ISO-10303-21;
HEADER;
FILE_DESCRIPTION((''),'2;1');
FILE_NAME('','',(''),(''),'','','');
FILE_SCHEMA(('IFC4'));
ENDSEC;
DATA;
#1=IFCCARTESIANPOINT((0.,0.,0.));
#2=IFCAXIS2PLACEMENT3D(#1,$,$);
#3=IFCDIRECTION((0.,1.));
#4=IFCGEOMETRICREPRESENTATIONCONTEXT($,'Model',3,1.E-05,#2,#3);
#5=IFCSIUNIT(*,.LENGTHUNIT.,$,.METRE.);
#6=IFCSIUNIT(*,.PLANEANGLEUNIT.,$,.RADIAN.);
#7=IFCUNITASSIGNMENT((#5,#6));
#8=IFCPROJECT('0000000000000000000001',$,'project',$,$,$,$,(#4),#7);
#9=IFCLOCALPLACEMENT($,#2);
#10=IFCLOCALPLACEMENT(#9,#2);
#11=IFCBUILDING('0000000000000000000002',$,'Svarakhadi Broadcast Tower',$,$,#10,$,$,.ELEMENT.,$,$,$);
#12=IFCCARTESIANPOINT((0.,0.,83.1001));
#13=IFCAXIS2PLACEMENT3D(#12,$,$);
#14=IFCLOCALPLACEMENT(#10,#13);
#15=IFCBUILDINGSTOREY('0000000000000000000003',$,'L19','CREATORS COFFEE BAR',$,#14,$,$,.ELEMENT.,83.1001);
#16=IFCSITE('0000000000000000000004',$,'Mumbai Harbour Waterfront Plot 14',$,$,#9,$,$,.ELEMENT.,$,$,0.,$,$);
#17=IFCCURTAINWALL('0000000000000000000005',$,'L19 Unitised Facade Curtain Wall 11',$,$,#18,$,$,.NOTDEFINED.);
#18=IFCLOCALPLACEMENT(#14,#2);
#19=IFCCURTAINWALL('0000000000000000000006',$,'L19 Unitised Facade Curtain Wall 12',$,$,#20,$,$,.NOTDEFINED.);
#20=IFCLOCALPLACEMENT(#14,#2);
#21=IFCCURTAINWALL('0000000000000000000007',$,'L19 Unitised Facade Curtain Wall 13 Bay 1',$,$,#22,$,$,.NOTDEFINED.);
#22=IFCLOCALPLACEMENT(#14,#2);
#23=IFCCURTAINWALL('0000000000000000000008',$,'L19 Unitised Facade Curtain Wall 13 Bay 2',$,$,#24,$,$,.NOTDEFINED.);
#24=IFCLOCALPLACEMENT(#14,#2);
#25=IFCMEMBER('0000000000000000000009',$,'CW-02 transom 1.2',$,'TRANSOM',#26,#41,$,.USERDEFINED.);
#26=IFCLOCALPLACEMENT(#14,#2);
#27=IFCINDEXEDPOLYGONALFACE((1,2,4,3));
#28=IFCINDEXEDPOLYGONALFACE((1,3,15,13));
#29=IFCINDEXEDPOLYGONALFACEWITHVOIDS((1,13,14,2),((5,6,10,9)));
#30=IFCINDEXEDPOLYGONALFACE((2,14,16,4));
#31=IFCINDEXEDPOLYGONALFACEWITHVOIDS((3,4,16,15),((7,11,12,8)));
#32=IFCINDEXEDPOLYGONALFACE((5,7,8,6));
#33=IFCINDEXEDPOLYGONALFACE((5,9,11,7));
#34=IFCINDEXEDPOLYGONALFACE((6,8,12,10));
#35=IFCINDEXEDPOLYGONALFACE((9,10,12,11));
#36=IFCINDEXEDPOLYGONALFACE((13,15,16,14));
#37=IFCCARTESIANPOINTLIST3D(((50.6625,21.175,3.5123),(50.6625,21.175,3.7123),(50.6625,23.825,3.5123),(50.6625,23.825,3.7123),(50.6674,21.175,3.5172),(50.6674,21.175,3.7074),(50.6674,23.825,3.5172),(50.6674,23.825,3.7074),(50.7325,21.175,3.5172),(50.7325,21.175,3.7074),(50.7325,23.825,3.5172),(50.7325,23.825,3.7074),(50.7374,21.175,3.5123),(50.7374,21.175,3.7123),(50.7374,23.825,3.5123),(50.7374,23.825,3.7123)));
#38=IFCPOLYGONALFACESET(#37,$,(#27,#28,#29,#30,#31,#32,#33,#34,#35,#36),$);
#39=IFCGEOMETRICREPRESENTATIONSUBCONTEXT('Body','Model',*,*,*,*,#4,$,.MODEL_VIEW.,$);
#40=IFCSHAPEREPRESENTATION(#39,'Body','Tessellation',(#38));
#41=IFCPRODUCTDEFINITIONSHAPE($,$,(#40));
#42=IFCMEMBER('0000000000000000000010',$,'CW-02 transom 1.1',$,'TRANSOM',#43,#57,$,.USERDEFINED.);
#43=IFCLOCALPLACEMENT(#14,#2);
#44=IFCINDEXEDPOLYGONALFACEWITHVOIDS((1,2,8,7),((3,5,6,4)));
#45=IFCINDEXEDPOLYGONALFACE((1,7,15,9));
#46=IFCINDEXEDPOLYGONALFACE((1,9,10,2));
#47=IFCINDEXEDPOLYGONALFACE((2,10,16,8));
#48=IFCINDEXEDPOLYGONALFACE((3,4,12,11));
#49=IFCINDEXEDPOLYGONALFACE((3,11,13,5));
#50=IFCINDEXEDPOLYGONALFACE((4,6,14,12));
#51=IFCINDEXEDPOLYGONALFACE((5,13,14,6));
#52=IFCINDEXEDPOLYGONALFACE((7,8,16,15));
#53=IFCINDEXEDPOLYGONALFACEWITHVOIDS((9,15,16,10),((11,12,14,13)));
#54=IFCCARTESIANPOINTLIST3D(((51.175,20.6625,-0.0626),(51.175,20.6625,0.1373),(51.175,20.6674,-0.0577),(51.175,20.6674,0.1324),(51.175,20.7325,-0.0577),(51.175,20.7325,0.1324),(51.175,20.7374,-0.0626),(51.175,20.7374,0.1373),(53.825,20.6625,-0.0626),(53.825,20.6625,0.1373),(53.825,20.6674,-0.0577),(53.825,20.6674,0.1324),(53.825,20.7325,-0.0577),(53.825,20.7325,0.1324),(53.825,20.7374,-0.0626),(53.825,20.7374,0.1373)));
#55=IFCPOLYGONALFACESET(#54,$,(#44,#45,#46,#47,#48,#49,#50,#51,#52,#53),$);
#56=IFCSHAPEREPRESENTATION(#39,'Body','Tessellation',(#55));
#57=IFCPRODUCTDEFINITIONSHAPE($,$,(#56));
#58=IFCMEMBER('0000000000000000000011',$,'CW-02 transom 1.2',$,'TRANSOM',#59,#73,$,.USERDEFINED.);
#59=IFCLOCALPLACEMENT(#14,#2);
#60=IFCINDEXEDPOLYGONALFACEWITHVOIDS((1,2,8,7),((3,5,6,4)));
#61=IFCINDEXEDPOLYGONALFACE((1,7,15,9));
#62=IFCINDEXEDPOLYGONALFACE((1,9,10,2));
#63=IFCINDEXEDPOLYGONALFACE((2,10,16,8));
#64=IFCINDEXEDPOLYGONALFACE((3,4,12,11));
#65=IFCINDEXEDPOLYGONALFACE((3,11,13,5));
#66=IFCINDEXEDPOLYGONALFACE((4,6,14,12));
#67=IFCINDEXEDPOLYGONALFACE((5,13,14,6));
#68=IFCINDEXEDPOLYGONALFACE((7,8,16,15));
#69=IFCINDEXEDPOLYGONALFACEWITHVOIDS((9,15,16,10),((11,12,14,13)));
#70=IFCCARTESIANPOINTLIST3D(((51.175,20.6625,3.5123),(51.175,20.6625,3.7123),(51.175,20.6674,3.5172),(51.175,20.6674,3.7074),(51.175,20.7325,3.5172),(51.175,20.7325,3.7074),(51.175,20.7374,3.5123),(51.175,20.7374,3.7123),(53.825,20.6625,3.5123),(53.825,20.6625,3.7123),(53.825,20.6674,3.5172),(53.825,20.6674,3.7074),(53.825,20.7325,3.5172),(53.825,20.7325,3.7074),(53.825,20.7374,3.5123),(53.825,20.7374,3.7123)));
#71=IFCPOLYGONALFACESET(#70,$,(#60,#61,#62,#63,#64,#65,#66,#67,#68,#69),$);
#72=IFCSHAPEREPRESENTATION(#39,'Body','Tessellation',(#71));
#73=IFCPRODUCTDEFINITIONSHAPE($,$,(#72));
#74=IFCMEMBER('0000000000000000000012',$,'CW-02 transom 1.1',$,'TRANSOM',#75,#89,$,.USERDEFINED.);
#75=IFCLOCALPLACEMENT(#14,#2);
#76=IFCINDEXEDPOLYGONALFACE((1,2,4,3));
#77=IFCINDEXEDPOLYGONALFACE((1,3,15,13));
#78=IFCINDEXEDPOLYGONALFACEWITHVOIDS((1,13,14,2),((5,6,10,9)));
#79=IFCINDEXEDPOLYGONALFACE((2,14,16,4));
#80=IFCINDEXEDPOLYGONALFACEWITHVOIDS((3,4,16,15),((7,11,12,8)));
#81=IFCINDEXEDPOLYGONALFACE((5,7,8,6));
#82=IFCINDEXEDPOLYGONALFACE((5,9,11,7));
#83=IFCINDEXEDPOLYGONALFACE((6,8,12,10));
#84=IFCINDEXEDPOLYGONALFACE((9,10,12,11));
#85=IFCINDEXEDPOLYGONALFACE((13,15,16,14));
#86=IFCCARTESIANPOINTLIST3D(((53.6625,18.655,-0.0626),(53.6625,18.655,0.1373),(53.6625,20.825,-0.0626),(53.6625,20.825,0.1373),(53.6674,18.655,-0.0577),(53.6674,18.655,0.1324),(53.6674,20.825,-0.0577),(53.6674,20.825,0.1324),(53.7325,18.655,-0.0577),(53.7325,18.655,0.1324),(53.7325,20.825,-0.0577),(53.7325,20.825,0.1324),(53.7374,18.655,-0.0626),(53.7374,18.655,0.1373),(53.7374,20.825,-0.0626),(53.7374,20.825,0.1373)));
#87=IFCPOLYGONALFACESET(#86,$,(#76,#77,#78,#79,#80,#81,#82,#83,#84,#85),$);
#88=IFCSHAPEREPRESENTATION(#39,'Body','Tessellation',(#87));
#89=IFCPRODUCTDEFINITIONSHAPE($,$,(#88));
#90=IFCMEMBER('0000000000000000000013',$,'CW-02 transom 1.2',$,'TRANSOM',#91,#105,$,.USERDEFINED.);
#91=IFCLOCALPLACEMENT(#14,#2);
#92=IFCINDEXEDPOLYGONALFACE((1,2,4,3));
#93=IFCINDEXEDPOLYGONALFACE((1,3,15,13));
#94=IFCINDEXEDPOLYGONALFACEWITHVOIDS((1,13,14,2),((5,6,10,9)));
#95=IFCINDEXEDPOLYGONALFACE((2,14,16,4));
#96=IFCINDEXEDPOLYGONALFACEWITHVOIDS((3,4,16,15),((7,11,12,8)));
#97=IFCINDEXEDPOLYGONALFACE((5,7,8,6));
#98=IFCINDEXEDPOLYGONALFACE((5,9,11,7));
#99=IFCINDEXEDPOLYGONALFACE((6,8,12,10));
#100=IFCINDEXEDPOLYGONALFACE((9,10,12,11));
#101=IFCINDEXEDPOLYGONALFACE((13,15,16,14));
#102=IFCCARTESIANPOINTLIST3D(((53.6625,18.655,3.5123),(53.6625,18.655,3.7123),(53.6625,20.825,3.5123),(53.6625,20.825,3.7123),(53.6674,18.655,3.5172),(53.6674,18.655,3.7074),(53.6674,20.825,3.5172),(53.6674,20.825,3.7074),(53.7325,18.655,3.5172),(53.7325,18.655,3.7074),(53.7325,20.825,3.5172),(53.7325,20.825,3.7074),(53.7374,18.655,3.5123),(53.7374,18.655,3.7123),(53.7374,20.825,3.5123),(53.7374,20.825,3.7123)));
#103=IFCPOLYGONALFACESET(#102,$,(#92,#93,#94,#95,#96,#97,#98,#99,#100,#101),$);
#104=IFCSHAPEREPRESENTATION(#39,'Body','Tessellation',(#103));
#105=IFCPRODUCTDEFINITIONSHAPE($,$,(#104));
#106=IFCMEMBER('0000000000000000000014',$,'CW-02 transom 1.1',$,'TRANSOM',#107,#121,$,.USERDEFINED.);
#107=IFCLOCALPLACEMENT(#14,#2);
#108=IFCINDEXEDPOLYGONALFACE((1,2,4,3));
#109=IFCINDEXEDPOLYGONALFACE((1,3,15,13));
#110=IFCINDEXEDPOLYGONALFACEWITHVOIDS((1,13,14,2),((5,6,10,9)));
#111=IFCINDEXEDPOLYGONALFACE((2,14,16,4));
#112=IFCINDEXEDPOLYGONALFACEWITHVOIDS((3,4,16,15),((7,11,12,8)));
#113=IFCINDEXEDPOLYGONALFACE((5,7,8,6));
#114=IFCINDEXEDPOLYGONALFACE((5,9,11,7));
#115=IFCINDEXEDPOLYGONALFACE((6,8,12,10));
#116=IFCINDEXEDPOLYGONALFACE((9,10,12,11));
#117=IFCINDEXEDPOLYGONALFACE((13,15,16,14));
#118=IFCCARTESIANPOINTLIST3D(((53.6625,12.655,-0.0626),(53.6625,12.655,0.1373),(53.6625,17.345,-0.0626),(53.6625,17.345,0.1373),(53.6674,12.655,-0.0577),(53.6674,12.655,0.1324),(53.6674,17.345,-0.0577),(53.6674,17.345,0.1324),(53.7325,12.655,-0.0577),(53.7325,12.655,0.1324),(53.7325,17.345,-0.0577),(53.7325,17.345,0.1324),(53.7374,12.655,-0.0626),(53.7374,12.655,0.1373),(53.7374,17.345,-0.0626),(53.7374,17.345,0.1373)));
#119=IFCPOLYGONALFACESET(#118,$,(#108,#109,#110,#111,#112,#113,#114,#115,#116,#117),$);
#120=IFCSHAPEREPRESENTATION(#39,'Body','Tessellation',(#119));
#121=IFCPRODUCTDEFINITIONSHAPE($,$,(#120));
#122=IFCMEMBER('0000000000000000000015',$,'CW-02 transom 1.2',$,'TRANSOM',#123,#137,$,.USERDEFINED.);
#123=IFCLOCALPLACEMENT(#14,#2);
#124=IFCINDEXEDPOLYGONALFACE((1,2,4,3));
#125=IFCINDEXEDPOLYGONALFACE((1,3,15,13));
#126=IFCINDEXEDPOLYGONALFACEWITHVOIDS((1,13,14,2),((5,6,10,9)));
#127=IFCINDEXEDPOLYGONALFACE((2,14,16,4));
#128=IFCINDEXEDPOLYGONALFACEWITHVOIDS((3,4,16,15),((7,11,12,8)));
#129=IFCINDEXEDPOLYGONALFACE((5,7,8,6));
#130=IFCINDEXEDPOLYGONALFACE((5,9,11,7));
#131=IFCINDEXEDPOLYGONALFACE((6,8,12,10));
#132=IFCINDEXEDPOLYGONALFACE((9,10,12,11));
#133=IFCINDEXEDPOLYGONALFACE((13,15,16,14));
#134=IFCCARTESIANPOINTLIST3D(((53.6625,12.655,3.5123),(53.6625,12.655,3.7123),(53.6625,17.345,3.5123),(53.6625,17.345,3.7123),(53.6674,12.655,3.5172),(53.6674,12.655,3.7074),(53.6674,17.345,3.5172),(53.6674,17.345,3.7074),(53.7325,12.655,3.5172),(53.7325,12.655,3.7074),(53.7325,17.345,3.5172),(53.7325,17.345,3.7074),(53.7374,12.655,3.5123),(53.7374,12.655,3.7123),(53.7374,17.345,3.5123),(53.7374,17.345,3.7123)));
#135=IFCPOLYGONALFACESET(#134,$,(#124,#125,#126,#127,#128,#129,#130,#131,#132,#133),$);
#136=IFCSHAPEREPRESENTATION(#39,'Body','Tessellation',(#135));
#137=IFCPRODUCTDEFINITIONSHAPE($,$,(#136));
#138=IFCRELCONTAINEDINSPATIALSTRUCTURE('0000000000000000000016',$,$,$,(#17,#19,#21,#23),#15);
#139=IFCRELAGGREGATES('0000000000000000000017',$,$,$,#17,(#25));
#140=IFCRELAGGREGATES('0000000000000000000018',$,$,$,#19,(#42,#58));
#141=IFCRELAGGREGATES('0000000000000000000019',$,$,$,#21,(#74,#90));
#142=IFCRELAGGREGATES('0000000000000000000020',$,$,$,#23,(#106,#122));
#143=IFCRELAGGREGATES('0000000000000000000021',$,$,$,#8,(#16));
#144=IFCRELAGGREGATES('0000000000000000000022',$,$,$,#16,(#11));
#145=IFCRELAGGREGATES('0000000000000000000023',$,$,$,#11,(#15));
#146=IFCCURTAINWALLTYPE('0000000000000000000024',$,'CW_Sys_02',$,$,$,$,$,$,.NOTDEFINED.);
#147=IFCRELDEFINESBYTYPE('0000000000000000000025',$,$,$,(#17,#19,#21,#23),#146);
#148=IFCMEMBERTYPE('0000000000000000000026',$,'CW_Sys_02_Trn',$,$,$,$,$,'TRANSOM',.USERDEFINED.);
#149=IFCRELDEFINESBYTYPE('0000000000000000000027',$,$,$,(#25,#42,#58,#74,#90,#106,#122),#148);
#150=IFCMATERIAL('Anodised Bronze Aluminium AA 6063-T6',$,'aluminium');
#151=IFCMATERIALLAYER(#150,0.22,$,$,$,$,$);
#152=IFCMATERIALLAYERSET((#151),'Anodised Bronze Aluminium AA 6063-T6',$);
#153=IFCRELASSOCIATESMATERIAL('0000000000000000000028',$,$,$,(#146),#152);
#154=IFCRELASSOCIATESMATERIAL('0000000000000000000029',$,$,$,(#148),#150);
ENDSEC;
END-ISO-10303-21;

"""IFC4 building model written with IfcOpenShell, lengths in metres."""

from ifc_helpers import new_model, si_unit, direction, frame, origin, origin_2d, place, context, subcontext, project, spatial, hollow_rectangle, extrude, material, layer, layer_set, material_profile, profile_set, type_object, element, aggregate, save


model = new_model("IFC4")

# Units and contexts
model_context = context("Model", 3, precision=1e-05, world=origin(), true_north=direction((0.0, 1.0)))
body_context = subcontext(model_context, "Body", "Model", "MODEL_VIEW")
ifc_project = project(units=[si_unit("LENGTHUNIT", "METRE"), si_unit("PLANEANGLEUNIT", "RADIAN")], contexts=[model_context])

# Site, building, storey
site_placement = place(None, origin())
site = spatial("IfcSite", under=ifc_project, at=site_placement, Name="Mumbai Harbour Waterfront Plot 14", CompositionType="ELEMENT", RefElevation=0.0)
building_placement = place(site_placement, origin())
building = spatial("IfcBuilding", under=site, at=building_placement, Name="Svarakhadi Broadcast Tower", CompositionType="ELEMENT")
storey_placement = place(building_placement, frame((0.0, 0.0, 83.1001)))
storey = spatial("IfcBuildingStorey", under=building, at=storey_placement, Name="L19", Description="CREATORS COFFEE BAR", CompositionType="ELEMENT", Elevation=83.1001)

# Curtain wall
ifc_material_1 = material(Name="Anodised Bronze Aluminium AA 6063-T6", Category="aluminium")
ifc_layer_1 = layer(ifc_material_1, 0.22)
ifc_layer_set_1 = layer_set([ifc_layer_1], Name="Anodised Bronze Aluminium AA 6063-T6")
curtain_wall_type = type_object("IfcCurtainWallType", Name="CW_Sys_02", PredefinedType="NOTDEFINED", material=ifc_layer_set_1)
curtain_wall_1_placement = place(storey_placement, origin())
curtain_wall_1 = element("IfcCurtainWall", 1, at=curtain_wall_1_placement, inside=storey, type_object=curtain_wall_type, Name="L19 Unitised Facade Curtain Wall 11", PredefinedType="NOTDEFINED")

# Curtain walls
curtain_wall_2_placement = place(storey_placement, origin())
curtain_wall_2 = element("IfcCurtainWall", 2, at=curtain_wall_2_placement, inside=storey, type_object=curtain_wall_type, Name="L19 Unitised Facade Curtain Wall 12", PredefinedType="NOTDEFINED")
curtain_wall_3_placement = place(storey_placement, origin())
curtain_wall_3 = element("IfcCurtainWall", 3, at=curtain_wall_3_placement, inside=storey, type_object=curtain_wall_type, Name="L19 Unitised Facade Curtain Wall 13 Bay 1", PredefinedType="NOTDEFINED")
curtain_wall_4_placement = place(storey_placement, origin())
curtain_wall_4 = element("IfcCurtainWall", 4, at=curtain_wall_4_placement, inside=storey, type_object=curtain_wall_type, Name="L19 Unitised Facade Curtain Wall 13 Bay 2", PredefinedType="NOTDEFINED")

# Members
ifc_material_profile_1 = material_profile(ifc_material_1, hollow_rectangle(XDim=0.075, YDim=0.2, WallThickness=0.0049, at=origin_2d()), Name="ALU TRANSOM 200x75x5")
ifc_profile_set_1 = profile_set([ifc_material_profile_1], Name="Anodised Bronze Aluminium AA 6063-T6")
member_type_1 = type_object("IfcMemberType", Name="CW_Sys_02_Trn", ElementType="TRANSOM", PredefinedType="USERDEFINED", material=ifc_profile_set_1)
member_1_placement = place(storey_placement, frame((50.7, 23.825, 3.6123), z_axis=(0.0, -1.0, 0.0), x_axis=(1.0, 0.0, 0.0)))
member_1 = element("IfcMember", 5, at=member_1_placement, type_object=member_type_1, Name="CW-02 transom 1.2", ObjectType="TRANSOM", PredefinedType="USERDEFINED", context=body_context, shape_type="SweptSolid", body=[
    extrude(hollow_rectangle(XDim=0.075, YDim=0.2, WallThickness=0.0049, at=origin_2d()), origin(), (0.0, 0.0, 1.0), 2.6499),
])
member_2_placement = place(storey_placement, frame((51.175, 20.7, 0.0374), z_axis=(1.0, 0.0, 0.0), x_axis=(0.0, 1.0, 0.0)))
member_2 = element("IfcMember", 6, at=member_2_placement, type_object=member_type_1, Name="CW-02 transom 1.1", ObjectType="TRANSOM", PredefinedType="USERDEFINED", context=body_context, shape_type="SweptSolid", body=[
    extrude(hollow_rectangle(XDim=0.075, YDim=0.2, WallThickness=0.0049, at=origin_2d()), origin(), (0.0, 0.0, 1.0), 2.6499),
])
member_3_placement = place(storey_placement, frame((51.175, 20.7, 3.6123), z_axis=(1.0, 0.0, 0.0), x_axis=(0.0, 1.0, 0.0)))
member_3 = element("IfcMember", 7, at=member_3_placement, type_object=member_type_1, Name="CW-02 transom 1.2", ObjectType="TRANSOM", PredefinedType="USERDEFINED", context=body_context, shape_type="SweptSolid", body=[
    extrude(hollow_rectangle(XDim=0.075, YDim=0.2, WallThickness=0.0049, at=origin_2d()), origin(), (0.0, 0.0, 1.0), 2.6499),
])
member_4_placement = place(storey_placement, frame((53.7, 20.825, 0.0374), z_axis=(0.0, -1.0, 0.0), x_axis=(1.0, 0.0, 0.0)))
member_4 = element("IfcMember", 8, at=member_4_placement, type_object=member_type_1, Name="CW-02 transom 1.1", ObjectType="TRANSOM", PredefinedType="USERDEFINED", context=body_context, shape_type="SweptSolid", body=[
    extrude(hollow_rectangle(XDim=0.075, YDim=0.2, WallThickness=0.0049, at=origin_2d()), origin(), (0.0, 0.0, 1.0), 2.1699),
])
member_5_placement = place(storey_placement, frame((53.7, 20.825, 3.6123), z_axis=(0.0, -1.0, 0.0), x_axis=(1.0, 0.0, 0.0)))
member_5 = element("IfcMember", 9, at=member_5_placement, type_object=member_type_1, Name="CW-02 transom 1.2", ObjectType="TRANSOM", PredefinedType="USERDEFINED", context=body_context, shape_type="SweptSolid", body=[
    extrude(hollow_rectangle(XDim=0.075, YDim=0.2, WallThickness=0.0049, at=origin_2d()), origin(), (0.0, 0.0, 1.0), 2.1699),
])
member_6_placement = place(storey_placement, frame((53.7, 17.345, 0.0374), z_axis=(0.0, -1.0, 0.0), x_axis=(1.0, 0.0, 0.0)))
member_6 = element("IfcMember", 10, at=member_6_placement, type_object=member_type_1, Name="CW-02 transom 1.1", ObjectType="TRANSOM", PredefinedType="USERDEFINED", context=body_context, shape_type="SweptSolid", body=[
    extrude(hollow_rectangle(XDim=0.075, YDim=0.2, WallThickness=0.0049, at=origin_2d()), origin(), (0.0, 0.0, 1.0), 4.6899),
])
member_7_placement = place(storey_placement, frame((53.7, 17.345, 3.6123), z_axis=(0.0, -1.0, 0.0), x_axis=(1.0, 0.0, 0.0)))
member_7 = element("IfcMember", 11, at=member_7_placement, type_object=member_type_1, Name="CW-02 transom 1.2", ObjectType="TRANSOM", PredefinedType="USERDEFINED", context=body_context, shape_type="SweptSolid", body=[
    extrude(hollow_rectangle(XDim=0.075, YDim=0.2, WallThickness=0.0049, at=origin_2d()), origin(), (0.0, 0.0, 1.0), 4.6899),
])

aggregate(curtain_wall_1, [member_1])
aggregate(curtain_wall_2, [member_2, member_3])
aggregate(curtain_wall_3, [member_4, member_5])
aggregate(curtain_wall_4, [member_6, member_7])

save(model, "model.ifc")
